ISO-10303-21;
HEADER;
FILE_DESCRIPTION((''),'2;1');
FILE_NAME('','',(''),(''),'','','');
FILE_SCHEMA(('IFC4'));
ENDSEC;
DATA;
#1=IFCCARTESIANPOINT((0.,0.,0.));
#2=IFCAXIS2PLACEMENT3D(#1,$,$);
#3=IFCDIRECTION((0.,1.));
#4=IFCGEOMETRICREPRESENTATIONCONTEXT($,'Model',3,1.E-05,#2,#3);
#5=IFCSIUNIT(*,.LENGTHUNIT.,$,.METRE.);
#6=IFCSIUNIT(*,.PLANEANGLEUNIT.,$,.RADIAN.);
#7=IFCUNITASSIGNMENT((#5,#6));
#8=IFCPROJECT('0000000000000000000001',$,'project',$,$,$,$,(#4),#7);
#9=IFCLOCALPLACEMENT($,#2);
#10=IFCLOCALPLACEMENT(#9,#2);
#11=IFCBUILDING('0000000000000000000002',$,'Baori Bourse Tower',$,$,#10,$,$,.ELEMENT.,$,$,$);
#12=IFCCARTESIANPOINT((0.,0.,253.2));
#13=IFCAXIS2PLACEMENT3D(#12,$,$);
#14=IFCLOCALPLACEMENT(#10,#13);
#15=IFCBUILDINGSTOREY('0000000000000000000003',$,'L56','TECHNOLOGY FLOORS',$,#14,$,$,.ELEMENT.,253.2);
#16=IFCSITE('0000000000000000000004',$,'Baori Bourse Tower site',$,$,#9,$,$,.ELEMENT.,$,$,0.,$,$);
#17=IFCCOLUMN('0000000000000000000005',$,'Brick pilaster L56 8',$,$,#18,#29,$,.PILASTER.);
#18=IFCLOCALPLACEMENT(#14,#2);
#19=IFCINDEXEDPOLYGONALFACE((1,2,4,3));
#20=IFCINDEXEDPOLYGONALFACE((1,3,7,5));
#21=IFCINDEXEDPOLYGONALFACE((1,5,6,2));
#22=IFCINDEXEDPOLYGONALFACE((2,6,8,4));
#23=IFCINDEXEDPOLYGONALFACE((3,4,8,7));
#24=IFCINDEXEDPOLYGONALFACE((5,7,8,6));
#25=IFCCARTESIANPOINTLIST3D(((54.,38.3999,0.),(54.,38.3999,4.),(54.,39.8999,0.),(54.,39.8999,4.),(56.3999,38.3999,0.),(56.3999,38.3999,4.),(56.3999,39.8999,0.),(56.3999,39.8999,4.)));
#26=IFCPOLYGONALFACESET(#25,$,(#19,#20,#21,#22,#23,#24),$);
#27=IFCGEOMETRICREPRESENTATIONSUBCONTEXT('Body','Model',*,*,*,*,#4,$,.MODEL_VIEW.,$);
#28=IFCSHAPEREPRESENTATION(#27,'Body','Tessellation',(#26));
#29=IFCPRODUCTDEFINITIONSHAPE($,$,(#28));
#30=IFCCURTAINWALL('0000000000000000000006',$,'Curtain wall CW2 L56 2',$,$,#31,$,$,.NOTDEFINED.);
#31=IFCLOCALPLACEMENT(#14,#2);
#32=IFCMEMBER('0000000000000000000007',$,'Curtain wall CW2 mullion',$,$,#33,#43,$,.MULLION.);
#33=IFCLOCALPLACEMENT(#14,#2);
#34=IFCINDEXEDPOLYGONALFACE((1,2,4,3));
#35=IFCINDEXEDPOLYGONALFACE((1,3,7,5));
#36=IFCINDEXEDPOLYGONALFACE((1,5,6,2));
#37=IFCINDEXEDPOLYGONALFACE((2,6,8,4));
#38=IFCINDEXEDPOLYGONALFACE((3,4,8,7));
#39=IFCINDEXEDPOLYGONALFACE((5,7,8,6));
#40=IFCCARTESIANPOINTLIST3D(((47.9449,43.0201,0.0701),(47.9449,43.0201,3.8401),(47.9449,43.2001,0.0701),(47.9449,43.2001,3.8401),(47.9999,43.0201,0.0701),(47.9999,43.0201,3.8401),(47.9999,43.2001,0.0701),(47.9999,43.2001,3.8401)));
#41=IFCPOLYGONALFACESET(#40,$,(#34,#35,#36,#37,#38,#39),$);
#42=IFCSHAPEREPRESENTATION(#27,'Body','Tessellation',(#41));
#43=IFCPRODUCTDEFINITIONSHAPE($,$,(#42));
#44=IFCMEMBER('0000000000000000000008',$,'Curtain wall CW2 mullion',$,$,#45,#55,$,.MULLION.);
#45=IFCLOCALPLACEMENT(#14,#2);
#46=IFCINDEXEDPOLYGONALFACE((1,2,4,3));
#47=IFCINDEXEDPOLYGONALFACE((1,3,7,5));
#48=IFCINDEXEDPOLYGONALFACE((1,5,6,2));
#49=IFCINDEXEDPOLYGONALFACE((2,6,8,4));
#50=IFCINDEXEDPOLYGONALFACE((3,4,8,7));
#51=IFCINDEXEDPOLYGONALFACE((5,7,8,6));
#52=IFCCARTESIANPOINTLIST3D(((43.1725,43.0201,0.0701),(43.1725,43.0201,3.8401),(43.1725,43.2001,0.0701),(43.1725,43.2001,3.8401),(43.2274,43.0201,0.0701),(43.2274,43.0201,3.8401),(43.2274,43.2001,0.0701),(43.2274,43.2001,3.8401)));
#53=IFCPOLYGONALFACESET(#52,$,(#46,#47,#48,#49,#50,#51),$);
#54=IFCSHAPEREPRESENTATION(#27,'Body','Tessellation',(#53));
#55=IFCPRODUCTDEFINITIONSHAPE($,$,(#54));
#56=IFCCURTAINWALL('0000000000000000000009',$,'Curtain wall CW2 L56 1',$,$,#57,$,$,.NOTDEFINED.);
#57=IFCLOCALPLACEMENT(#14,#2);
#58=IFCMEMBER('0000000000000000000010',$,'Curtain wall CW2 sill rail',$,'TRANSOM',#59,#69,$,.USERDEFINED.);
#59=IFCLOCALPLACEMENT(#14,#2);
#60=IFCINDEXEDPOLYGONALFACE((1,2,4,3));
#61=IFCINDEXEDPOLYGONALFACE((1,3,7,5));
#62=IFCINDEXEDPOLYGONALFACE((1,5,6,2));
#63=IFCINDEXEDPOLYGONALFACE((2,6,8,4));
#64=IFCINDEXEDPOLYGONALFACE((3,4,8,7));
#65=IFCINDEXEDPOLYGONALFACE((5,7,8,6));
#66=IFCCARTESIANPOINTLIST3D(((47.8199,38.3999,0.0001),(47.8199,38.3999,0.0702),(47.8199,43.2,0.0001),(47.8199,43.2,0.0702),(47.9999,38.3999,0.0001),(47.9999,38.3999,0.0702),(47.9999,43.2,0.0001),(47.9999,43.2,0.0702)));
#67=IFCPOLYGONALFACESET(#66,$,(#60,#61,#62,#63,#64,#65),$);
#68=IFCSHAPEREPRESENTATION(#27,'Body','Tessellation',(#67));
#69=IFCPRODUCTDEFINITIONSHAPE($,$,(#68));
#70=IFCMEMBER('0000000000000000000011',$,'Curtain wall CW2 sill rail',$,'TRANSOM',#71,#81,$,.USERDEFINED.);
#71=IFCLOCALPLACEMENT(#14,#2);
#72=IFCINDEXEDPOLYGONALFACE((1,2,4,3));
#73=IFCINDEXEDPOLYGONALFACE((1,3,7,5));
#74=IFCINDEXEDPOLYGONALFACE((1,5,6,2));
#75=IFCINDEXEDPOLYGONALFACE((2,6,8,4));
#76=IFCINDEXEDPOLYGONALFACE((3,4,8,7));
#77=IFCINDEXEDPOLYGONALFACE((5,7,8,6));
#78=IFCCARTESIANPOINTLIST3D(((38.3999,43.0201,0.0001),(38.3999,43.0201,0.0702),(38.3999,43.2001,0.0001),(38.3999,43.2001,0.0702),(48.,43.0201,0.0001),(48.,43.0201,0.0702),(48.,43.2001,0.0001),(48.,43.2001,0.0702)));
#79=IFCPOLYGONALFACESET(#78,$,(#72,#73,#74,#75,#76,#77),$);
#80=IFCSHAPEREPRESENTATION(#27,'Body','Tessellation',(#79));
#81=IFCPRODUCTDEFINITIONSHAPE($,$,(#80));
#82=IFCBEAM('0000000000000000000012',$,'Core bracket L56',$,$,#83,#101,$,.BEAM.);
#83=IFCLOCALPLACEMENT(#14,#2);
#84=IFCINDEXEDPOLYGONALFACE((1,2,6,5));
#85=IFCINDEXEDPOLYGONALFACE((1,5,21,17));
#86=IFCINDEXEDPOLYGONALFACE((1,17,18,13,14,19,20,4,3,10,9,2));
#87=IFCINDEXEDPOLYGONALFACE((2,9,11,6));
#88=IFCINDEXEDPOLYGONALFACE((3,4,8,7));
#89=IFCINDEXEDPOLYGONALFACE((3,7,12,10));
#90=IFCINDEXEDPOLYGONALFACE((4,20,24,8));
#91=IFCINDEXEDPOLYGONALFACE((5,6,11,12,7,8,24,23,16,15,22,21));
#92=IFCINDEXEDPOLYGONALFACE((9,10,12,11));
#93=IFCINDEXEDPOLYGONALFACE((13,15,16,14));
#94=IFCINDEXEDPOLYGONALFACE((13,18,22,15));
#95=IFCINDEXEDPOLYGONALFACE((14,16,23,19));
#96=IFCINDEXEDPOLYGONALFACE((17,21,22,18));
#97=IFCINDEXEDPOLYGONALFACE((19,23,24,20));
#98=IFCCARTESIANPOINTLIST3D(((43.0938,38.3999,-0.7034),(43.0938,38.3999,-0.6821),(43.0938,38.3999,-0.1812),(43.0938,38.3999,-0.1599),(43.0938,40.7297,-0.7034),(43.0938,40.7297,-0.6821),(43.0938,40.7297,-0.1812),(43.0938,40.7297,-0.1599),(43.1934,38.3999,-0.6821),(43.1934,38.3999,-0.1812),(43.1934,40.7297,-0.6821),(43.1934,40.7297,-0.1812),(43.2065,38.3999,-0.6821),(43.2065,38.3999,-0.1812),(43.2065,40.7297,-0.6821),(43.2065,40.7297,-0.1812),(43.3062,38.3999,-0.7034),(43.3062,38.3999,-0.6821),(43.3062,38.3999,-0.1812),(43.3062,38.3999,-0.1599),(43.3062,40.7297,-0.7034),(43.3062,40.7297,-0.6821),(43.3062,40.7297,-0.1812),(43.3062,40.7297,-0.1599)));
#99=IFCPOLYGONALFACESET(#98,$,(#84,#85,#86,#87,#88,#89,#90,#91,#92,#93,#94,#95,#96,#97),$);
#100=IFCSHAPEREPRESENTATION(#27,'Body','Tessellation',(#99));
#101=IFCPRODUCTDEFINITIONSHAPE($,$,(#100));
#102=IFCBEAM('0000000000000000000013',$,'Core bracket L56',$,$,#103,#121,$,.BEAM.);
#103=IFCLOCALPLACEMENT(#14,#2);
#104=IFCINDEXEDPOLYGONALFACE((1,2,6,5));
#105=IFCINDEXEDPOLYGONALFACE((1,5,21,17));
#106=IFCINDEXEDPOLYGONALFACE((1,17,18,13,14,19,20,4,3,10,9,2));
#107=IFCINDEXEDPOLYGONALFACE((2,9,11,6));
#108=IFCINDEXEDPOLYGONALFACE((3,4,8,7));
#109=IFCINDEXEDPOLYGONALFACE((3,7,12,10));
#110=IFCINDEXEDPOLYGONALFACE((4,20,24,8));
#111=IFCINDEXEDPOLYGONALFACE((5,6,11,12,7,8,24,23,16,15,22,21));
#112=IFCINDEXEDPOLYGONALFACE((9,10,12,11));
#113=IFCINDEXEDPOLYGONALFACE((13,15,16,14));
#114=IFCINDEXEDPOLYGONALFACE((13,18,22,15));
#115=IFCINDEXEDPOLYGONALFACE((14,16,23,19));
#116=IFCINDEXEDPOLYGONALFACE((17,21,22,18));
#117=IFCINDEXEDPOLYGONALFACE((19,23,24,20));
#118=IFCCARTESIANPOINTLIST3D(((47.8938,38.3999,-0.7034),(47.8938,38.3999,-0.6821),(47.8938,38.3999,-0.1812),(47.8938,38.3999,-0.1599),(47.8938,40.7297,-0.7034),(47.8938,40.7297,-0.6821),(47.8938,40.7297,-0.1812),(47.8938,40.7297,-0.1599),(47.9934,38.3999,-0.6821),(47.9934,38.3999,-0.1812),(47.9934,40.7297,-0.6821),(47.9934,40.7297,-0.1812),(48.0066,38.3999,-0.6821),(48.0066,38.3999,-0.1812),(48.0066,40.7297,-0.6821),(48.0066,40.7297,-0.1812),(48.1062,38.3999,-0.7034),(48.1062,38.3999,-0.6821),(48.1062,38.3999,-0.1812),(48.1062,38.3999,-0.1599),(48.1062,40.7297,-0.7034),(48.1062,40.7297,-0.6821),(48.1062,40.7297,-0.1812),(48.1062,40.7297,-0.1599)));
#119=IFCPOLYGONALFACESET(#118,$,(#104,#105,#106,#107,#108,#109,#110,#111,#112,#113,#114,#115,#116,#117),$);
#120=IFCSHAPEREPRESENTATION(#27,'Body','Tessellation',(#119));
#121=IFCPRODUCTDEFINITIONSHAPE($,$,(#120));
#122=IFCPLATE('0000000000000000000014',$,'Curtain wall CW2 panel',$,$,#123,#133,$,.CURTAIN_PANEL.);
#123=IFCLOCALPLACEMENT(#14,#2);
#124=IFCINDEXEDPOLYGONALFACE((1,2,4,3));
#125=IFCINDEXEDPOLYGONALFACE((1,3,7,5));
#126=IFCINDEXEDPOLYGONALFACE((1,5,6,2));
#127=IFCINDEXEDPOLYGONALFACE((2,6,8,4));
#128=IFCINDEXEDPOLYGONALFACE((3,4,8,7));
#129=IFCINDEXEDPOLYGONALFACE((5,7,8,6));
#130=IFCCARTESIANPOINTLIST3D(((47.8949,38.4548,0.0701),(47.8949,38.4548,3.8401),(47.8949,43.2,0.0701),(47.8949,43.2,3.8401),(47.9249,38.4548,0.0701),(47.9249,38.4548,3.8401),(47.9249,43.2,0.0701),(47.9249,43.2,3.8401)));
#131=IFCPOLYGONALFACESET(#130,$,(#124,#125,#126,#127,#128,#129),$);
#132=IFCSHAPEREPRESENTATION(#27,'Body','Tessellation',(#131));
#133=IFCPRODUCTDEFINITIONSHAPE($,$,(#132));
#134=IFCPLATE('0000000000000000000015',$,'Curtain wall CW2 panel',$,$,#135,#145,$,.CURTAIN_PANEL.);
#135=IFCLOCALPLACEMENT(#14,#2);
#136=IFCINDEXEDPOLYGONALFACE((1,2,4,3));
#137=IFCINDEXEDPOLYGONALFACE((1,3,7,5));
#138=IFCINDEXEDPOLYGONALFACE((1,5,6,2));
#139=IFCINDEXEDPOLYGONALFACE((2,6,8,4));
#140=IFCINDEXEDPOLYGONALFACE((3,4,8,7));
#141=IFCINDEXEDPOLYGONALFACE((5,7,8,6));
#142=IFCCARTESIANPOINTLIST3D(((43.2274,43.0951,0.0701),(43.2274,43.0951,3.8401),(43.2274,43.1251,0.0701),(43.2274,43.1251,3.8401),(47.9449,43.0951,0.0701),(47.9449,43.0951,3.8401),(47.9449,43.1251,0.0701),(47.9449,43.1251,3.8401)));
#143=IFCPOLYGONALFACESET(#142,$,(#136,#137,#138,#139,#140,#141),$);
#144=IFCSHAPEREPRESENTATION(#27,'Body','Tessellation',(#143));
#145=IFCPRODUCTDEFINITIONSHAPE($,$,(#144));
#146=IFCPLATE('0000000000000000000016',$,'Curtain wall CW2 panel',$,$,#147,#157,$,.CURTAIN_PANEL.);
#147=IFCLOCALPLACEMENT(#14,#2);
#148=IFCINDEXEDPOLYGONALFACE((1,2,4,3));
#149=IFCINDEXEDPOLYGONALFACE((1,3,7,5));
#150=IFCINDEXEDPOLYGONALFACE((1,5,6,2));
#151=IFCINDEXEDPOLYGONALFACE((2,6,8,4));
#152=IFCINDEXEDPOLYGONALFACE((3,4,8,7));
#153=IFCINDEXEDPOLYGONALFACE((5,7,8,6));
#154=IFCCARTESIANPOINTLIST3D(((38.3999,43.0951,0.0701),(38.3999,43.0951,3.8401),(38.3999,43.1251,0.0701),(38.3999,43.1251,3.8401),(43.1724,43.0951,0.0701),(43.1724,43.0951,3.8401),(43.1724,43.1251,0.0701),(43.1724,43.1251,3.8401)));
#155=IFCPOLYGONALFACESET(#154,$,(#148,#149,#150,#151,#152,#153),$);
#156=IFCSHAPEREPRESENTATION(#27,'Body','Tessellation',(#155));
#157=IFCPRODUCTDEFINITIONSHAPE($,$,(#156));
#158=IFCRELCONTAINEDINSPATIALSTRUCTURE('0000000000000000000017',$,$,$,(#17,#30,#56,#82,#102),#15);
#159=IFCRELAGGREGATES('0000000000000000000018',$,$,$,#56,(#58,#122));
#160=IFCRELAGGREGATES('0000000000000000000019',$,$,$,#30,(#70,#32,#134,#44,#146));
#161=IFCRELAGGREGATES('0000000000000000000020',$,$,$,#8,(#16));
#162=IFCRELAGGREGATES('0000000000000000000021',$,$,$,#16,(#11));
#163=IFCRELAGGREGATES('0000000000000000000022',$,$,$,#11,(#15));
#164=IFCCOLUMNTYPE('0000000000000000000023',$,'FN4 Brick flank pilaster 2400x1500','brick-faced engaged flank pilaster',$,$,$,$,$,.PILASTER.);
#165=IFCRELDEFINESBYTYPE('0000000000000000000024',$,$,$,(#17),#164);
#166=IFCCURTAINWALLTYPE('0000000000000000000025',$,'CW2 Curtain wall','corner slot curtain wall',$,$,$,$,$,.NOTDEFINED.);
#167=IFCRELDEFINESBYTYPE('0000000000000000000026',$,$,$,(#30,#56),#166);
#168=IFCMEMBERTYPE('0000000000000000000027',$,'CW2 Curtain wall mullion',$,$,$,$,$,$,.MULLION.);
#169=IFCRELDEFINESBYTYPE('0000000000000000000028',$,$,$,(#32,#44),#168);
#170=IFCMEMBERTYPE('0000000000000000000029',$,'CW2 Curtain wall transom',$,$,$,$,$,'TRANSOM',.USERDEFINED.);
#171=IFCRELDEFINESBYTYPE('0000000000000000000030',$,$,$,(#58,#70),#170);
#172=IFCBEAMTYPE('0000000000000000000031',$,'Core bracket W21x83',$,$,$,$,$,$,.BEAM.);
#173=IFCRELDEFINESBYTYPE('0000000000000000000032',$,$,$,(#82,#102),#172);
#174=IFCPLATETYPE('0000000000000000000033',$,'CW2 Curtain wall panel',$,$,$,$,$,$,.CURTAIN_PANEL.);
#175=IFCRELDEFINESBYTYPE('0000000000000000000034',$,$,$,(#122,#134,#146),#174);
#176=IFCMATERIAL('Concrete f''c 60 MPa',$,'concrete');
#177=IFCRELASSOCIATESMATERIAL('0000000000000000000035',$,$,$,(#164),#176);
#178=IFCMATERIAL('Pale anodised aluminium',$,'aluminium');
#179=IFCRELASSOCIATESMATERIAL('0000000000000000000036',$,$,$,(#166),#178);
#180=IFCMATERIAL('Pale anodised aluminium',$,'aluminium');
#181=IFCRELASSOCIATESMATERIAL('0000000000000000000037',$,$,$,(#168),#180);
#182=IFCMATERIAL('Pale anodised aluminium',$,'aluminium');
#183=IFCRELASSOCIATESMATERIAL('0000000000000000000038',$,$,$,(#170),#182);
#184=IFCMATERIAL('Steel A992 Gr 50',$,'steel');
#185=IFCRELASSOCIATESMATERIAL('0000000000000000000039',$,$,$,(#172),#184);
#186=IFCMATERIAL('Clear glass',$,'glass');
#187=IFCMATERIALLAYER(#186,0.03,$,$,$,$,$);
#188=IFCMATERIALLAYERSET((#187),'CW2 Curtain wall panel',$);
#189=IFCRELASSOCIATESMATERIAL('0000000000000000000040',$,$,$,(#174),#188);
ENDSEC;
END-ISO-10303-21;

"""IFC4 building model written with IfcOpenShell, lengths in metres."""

from ifc_helpers import new_model, si_unit, direction, frame, origin, origin_2d, place, context, subcontext, project, spatial, rectangle, i_section, extrude, material, layer, layer_set, material_profile, profile_set, type_object, element, aggregate, save


model = new_model("IFC4")

# Units and contexts
model_context = context("Model", 3, precision=1e-05, world=origin(), true_north=direction((0.0, 1.0)))
body_context = subcontext(model_context, "Body", "Model", "MODEL_VIEW")
ifc_project = project(units=[si_unit("LENGTHUNIT", "METRE"), si_unit("PLANEANGLEUNIT", "RADIAN")], contexts=[model_context])

# Site, building, storey
site_placement = place(None, origin())
site = spatial("IfcSite", under=ifc_project, at=site_placement, Name="Baori Bourse Tower site", CompositionType="ELEMENT", RefElevation=0.0)
building_placement = place(site_placement, origin())
building = spatial("IfcBuilding", under=site, at=building_placement, Name="Baori Bourse Tower", CompositionType="ELEMENT")
storey_placement = place(building_placement, frame((0.0, 0.0, 253.2)))
storey = spatial("IfcBuildingStorey", under=building, at=storey_placement, Name="L56", Description="TECHNOLOGY FLOORS", CompositionType="ELEMENT", Elevation=253.2)

# Column
ifc_material_1 = material(Name="Concrete f'c 60 MPa", Category="concrete")
ifc_material_profile_1 = material_profile(ifc_material_1, rectangle(XDim=2.3999, YDim=1.5, at=origin_2d()), Name="RC 2400x1500")
ifc_profile_set_1 = profile_set([ifc_material_profile_1], Name="Concrete f'c 60 MPa")
column_type = type_object("IfcColumnType", Name="FN4 Brick flank pilaster 2400x1500", Description="brick-faced engaged flank pilaster", PredefinedType="PILASTER", material=ifc_profile_set_1)
column_placement = place(storey_placement, frame((55.2, 39.1499, 0.0), z_axis=(0.0, 0.0, 1.0), x_axis=(1.0, 0.0, 0.0)))
element("IfcColumn", 1, at=column_placement, inside=storey, type_object=column_type, Name="Brick pilaster L56 8", PredefinedType="PILASTER", context=body_context, shape_type="SweptSolid", body=[
    extrude(rectangle(XDim=2.3999, YDim=1.5, at=origin_2d()), origin(), (0.0, 0.0, 1.0), 4.0),
])

# Curtain wall, members
ifc_material_2 = material(Name="Pale anodised aluminium", Category="aluminium")
curtain_wall_type = type_object("IfcCurtainWallType", Name="CW2 Curtain wall", Description="corner slot curtain wall", PredefinedType="NOTDEFINED", material=ifc_material_2)
curtain_wall_1_placement = place(storey_placement, origin())
curtain_wall_1 = element("IfcCurtainWall", 2, at=curtain_wall_1_placement, inside=storey, type_object=curtain_wall_type, Name="Curtain wall CW2 L56 2", PredefinedType="NOTDEFINED")
ifc_material_3 = material(Name="Pale anodised aluminium", Category="aluminium")
ifc_material_profile_2 = material_profile(ifc_material_3, rectangle(XDim=0.1799, YDim=0.0549, at=origin_2d()), Name="Mullion 55x180")
ifc_profile_set_2 = profile_set([ifc_material_profile_2], Name="Pale anodised aluminium")
member_type_1 = type_object("IfcMemberType", Name="CW2 Curtain wall mullion", PredefinedType="MULLION", material=ifc_profile_set_2)
member_1_placement = place(storey_placement, frame((47.9724, 43.1101, 0.0701), z_axis=(0.0, 0.0, 1.0), x_axis=(0.0, -1.0, 0.0)))
member_1 = element("IfcMember", 3, at=member_1_placement, type_object=member_type_1, Name="Curtain wall CW2 mullion", PredefinedType="MULLION", context=body_context, shape_type="SweptSolid", body=[
    extrude(rectangle(XDim=0.1799, YDim=0.0549, at=origin_2d()), origin(), (0.0, 0.0, 1.0), 3.77),
])
member_2_placement = place(storey_placement, frame((43.2, 43.1101, 0.0701), z_axis=(0.0, 0.0, 1.0), x_axis=(0.0, -1.0, 0.0)))
member_2 = element("IfcMember", 4, at=member_2_placement, type_object=member_type_1, Name="Curtain wall CW2 mullion", PredefinedType="MULLION", context=body_context, shape_type="SweptSolid", body=[
    extrude(rectangle(XDim=0.1799, YDim=0.0549, at=origin_2d()), origin(), (0.0, 0.0, 1.0), 3.77),
])

# Curtain wall, member
curtain_wall_2_placement = place(storey_placement, origin())
curtain_wall_2 = element("IfcCurtainWall", 5, at=curtain_wall_2_placement, inside=storey, type_object=curtain_wall_type, Name="Curtain wall CW2 L56 1", PredefinedType="NOTDEFINED")
ifc_material_4 = material(Name="Pale anodised aluminium", Category="aluminium")
ifc_material_profile_3 = material_profile(ifc_material_4, rectangle(XDim=0.1799, YDim=0.0701, at=origin_2d()), Name="Transom 70x180")
ifc_profile_set_3 = profile_set([ifc_material_profile_3], Name="Pale anodised aluminium")
member_type_2 = type_object("IfcMemberType", Name="CW2 Curtain wall transom", ElementType="TRANSOM", PredefinedType="USERDEFINED", material=ifc_profile_set_3)
member_3_placement = place(storey_placement, frame((47.9099, 38.3999, 0.0352), z_axis=(0.0, 1.0, 0.0), x_axis=(-1.0, 0.0, 0.0)))
member_3 = element("IfcMember", 6, at=member_3_placement, type_object=member_type_2, Name="Curtain wall CW2 sill rail", ObjectType="TRANSOM", PredefinedType="USERDEFINED", context=body_context, shape_type="SweptSolid", body=[
    extrude(rectangle(XDim=0.1799, YDim=0.0701, at=origin_2d()), origin(), (0.0, 0.0, 1.0), 4.8),
])

# Member
member_4_placement = place(storey_placement, frame((48.0, 43.1101, 0.0352), z_axis=(-1.0, 0.0, 0.0), x_axis=(0.0, -1.0, 0.0)))
member_4 = element("IfcMember", 7, at=member_4_placement, type_object=member_type_2, Name="Curtain wall CW2 sill rail", ObjectType="TRANSOM", PredefinedType="USERDEFINED", context=body_context, shape_type="SweptSolid", body=[
    extrude(rectangle(XDim=0.1799, YDim=0.0701, at=origin_2d()), origin(), (0.0, 0.0, 1.0), 9.6001),
])

# Beams
ifc_material_5 = material(Name="Steel A992 Gr 50", Category="steel")
ifc_material_profile_4 = material_profile(ifc_material_5, i_section(OverallWidth=0.2124, OverallDepth=0.5435, WebThickness=0.0132, FlangeThickness=0.0212, at=origin_2d()), Name="W21x83")
ifc_profile_set_4 = profile_set([ifc_material_profile_4], Name="Steel A992 Gr 50")
beam_type = type_object("IfcBeamType", Name="Core bracket W21x83", PredefinedType="BEAM", material=ifc_profile_set_4)
for number, where, z_axis, x_axis, name in (
    (8, (43.2, 38.3999, -0.4316), (0.0, 1.0, 0.0), (-1.0, 0.0, 0.0), "Core bracket L56"),
    (9, (48.0, 38.3999, -0.4316), (0.0, 1.0, 0.0), (-1.0, 0.0, 0.0), "Core bracket L56"),
):
    element("IfcBeam", number, at=place(storey_placement, frame(where, z_axis=z_axis, x_axis=x_axis)), inside=storey, type_object=beam_type, Name=name, PredefinedType="BEAM", context=body_context, shape_type="SweptSolid", body=[
        extrude(i_section(OverallWidth=0.2124, OverallDepth=0.5435, WebThickness=0.0132, FlangeThickness=0.0212, at=origin_2d()), origin(), (0.0, 0.0, 1.0), 2.3298),
    ])

# Plates
ifc_material_6 = material(Name="Clear glass", Category="glass")
ifc_layer_1 = layer(ifc_material_6, 0.03)
ifc_layer_set_1 = layer_set([ifc_layer_1], Name="CW2 Curtain wall panel")
plate_type = type_object("IfcPlateType", Name="CW2 Curtain wall panel", PredefinedType="CURTAIN_PANEL", material=ifc_layer_set_1)
plate_1_placement = place(storey_placement, frame((47.9099, 40.8274, 0.0701), z_axis=(0.0, 0.0, 1.0), x_axis=(0.0, 1.0, 0.0)))
plate_1 = element("IfcPlate", 10, at=plate_1_placement, type_object=plate_type, Name="Curtain wall CW2 panel", PredefinedType="CURTAIN_PANEL", context=body_context, shape_type="SweptSolid", body=[
    extrude(rectangle(XDim=4.7451, YDim=0.03, at=origin_2d()), origin(), (0.0, 0.0, 1.0), 3.77),
])
aggregate(curtain_wall_2, [member_3, plate_1])
plate_2_placement = place(storey_placement, frame((45.5862, 43.1101, 0.0701), z_axis=(0.0, 0.0, 1.0), x_axis=(-1.0, 0.0, 0.0)))
plate_2 = element("IfcPlate", 11, at=plate_2_placement, type_object=plate_type, Name="Curtain wall CW2 panel", PredefinedType="CURTAIN_PANEL", context=body_context, shape_type="SweptSolid", body=[
    extrude(rectangle(XDim=4.7175, YDim=0.03, at=origin_2d()), origin(), (0.0, 0.0, 1.0), 3.77),
])
plate_3_placement = place(storey_placement, frame((40.7861, 43.1101, 0.0701), z_axis=(0.0, 0.0, 1.0), x_axis=(-1.0, 0.0, 0.0)))
plate_3 = element("IfcPlate", 12, at=plate_3_placement, type_object=plate_type, Name="Curtain wall CW2 panel", PredefinedType="CURTAIN_PANEL", context=body_context, shape_type="SweptSolid", body=[
    extrude(rectangle(XDim=4.7725, YDim=0.03, at=origin_2d()), origin(), (0.0, 0.0, 1.0), 3.77),
])
aggregate(curtain_wall_1, [member_4, member_1, plate_2, member_2, plate_3])

save(model, "model.ifc")
